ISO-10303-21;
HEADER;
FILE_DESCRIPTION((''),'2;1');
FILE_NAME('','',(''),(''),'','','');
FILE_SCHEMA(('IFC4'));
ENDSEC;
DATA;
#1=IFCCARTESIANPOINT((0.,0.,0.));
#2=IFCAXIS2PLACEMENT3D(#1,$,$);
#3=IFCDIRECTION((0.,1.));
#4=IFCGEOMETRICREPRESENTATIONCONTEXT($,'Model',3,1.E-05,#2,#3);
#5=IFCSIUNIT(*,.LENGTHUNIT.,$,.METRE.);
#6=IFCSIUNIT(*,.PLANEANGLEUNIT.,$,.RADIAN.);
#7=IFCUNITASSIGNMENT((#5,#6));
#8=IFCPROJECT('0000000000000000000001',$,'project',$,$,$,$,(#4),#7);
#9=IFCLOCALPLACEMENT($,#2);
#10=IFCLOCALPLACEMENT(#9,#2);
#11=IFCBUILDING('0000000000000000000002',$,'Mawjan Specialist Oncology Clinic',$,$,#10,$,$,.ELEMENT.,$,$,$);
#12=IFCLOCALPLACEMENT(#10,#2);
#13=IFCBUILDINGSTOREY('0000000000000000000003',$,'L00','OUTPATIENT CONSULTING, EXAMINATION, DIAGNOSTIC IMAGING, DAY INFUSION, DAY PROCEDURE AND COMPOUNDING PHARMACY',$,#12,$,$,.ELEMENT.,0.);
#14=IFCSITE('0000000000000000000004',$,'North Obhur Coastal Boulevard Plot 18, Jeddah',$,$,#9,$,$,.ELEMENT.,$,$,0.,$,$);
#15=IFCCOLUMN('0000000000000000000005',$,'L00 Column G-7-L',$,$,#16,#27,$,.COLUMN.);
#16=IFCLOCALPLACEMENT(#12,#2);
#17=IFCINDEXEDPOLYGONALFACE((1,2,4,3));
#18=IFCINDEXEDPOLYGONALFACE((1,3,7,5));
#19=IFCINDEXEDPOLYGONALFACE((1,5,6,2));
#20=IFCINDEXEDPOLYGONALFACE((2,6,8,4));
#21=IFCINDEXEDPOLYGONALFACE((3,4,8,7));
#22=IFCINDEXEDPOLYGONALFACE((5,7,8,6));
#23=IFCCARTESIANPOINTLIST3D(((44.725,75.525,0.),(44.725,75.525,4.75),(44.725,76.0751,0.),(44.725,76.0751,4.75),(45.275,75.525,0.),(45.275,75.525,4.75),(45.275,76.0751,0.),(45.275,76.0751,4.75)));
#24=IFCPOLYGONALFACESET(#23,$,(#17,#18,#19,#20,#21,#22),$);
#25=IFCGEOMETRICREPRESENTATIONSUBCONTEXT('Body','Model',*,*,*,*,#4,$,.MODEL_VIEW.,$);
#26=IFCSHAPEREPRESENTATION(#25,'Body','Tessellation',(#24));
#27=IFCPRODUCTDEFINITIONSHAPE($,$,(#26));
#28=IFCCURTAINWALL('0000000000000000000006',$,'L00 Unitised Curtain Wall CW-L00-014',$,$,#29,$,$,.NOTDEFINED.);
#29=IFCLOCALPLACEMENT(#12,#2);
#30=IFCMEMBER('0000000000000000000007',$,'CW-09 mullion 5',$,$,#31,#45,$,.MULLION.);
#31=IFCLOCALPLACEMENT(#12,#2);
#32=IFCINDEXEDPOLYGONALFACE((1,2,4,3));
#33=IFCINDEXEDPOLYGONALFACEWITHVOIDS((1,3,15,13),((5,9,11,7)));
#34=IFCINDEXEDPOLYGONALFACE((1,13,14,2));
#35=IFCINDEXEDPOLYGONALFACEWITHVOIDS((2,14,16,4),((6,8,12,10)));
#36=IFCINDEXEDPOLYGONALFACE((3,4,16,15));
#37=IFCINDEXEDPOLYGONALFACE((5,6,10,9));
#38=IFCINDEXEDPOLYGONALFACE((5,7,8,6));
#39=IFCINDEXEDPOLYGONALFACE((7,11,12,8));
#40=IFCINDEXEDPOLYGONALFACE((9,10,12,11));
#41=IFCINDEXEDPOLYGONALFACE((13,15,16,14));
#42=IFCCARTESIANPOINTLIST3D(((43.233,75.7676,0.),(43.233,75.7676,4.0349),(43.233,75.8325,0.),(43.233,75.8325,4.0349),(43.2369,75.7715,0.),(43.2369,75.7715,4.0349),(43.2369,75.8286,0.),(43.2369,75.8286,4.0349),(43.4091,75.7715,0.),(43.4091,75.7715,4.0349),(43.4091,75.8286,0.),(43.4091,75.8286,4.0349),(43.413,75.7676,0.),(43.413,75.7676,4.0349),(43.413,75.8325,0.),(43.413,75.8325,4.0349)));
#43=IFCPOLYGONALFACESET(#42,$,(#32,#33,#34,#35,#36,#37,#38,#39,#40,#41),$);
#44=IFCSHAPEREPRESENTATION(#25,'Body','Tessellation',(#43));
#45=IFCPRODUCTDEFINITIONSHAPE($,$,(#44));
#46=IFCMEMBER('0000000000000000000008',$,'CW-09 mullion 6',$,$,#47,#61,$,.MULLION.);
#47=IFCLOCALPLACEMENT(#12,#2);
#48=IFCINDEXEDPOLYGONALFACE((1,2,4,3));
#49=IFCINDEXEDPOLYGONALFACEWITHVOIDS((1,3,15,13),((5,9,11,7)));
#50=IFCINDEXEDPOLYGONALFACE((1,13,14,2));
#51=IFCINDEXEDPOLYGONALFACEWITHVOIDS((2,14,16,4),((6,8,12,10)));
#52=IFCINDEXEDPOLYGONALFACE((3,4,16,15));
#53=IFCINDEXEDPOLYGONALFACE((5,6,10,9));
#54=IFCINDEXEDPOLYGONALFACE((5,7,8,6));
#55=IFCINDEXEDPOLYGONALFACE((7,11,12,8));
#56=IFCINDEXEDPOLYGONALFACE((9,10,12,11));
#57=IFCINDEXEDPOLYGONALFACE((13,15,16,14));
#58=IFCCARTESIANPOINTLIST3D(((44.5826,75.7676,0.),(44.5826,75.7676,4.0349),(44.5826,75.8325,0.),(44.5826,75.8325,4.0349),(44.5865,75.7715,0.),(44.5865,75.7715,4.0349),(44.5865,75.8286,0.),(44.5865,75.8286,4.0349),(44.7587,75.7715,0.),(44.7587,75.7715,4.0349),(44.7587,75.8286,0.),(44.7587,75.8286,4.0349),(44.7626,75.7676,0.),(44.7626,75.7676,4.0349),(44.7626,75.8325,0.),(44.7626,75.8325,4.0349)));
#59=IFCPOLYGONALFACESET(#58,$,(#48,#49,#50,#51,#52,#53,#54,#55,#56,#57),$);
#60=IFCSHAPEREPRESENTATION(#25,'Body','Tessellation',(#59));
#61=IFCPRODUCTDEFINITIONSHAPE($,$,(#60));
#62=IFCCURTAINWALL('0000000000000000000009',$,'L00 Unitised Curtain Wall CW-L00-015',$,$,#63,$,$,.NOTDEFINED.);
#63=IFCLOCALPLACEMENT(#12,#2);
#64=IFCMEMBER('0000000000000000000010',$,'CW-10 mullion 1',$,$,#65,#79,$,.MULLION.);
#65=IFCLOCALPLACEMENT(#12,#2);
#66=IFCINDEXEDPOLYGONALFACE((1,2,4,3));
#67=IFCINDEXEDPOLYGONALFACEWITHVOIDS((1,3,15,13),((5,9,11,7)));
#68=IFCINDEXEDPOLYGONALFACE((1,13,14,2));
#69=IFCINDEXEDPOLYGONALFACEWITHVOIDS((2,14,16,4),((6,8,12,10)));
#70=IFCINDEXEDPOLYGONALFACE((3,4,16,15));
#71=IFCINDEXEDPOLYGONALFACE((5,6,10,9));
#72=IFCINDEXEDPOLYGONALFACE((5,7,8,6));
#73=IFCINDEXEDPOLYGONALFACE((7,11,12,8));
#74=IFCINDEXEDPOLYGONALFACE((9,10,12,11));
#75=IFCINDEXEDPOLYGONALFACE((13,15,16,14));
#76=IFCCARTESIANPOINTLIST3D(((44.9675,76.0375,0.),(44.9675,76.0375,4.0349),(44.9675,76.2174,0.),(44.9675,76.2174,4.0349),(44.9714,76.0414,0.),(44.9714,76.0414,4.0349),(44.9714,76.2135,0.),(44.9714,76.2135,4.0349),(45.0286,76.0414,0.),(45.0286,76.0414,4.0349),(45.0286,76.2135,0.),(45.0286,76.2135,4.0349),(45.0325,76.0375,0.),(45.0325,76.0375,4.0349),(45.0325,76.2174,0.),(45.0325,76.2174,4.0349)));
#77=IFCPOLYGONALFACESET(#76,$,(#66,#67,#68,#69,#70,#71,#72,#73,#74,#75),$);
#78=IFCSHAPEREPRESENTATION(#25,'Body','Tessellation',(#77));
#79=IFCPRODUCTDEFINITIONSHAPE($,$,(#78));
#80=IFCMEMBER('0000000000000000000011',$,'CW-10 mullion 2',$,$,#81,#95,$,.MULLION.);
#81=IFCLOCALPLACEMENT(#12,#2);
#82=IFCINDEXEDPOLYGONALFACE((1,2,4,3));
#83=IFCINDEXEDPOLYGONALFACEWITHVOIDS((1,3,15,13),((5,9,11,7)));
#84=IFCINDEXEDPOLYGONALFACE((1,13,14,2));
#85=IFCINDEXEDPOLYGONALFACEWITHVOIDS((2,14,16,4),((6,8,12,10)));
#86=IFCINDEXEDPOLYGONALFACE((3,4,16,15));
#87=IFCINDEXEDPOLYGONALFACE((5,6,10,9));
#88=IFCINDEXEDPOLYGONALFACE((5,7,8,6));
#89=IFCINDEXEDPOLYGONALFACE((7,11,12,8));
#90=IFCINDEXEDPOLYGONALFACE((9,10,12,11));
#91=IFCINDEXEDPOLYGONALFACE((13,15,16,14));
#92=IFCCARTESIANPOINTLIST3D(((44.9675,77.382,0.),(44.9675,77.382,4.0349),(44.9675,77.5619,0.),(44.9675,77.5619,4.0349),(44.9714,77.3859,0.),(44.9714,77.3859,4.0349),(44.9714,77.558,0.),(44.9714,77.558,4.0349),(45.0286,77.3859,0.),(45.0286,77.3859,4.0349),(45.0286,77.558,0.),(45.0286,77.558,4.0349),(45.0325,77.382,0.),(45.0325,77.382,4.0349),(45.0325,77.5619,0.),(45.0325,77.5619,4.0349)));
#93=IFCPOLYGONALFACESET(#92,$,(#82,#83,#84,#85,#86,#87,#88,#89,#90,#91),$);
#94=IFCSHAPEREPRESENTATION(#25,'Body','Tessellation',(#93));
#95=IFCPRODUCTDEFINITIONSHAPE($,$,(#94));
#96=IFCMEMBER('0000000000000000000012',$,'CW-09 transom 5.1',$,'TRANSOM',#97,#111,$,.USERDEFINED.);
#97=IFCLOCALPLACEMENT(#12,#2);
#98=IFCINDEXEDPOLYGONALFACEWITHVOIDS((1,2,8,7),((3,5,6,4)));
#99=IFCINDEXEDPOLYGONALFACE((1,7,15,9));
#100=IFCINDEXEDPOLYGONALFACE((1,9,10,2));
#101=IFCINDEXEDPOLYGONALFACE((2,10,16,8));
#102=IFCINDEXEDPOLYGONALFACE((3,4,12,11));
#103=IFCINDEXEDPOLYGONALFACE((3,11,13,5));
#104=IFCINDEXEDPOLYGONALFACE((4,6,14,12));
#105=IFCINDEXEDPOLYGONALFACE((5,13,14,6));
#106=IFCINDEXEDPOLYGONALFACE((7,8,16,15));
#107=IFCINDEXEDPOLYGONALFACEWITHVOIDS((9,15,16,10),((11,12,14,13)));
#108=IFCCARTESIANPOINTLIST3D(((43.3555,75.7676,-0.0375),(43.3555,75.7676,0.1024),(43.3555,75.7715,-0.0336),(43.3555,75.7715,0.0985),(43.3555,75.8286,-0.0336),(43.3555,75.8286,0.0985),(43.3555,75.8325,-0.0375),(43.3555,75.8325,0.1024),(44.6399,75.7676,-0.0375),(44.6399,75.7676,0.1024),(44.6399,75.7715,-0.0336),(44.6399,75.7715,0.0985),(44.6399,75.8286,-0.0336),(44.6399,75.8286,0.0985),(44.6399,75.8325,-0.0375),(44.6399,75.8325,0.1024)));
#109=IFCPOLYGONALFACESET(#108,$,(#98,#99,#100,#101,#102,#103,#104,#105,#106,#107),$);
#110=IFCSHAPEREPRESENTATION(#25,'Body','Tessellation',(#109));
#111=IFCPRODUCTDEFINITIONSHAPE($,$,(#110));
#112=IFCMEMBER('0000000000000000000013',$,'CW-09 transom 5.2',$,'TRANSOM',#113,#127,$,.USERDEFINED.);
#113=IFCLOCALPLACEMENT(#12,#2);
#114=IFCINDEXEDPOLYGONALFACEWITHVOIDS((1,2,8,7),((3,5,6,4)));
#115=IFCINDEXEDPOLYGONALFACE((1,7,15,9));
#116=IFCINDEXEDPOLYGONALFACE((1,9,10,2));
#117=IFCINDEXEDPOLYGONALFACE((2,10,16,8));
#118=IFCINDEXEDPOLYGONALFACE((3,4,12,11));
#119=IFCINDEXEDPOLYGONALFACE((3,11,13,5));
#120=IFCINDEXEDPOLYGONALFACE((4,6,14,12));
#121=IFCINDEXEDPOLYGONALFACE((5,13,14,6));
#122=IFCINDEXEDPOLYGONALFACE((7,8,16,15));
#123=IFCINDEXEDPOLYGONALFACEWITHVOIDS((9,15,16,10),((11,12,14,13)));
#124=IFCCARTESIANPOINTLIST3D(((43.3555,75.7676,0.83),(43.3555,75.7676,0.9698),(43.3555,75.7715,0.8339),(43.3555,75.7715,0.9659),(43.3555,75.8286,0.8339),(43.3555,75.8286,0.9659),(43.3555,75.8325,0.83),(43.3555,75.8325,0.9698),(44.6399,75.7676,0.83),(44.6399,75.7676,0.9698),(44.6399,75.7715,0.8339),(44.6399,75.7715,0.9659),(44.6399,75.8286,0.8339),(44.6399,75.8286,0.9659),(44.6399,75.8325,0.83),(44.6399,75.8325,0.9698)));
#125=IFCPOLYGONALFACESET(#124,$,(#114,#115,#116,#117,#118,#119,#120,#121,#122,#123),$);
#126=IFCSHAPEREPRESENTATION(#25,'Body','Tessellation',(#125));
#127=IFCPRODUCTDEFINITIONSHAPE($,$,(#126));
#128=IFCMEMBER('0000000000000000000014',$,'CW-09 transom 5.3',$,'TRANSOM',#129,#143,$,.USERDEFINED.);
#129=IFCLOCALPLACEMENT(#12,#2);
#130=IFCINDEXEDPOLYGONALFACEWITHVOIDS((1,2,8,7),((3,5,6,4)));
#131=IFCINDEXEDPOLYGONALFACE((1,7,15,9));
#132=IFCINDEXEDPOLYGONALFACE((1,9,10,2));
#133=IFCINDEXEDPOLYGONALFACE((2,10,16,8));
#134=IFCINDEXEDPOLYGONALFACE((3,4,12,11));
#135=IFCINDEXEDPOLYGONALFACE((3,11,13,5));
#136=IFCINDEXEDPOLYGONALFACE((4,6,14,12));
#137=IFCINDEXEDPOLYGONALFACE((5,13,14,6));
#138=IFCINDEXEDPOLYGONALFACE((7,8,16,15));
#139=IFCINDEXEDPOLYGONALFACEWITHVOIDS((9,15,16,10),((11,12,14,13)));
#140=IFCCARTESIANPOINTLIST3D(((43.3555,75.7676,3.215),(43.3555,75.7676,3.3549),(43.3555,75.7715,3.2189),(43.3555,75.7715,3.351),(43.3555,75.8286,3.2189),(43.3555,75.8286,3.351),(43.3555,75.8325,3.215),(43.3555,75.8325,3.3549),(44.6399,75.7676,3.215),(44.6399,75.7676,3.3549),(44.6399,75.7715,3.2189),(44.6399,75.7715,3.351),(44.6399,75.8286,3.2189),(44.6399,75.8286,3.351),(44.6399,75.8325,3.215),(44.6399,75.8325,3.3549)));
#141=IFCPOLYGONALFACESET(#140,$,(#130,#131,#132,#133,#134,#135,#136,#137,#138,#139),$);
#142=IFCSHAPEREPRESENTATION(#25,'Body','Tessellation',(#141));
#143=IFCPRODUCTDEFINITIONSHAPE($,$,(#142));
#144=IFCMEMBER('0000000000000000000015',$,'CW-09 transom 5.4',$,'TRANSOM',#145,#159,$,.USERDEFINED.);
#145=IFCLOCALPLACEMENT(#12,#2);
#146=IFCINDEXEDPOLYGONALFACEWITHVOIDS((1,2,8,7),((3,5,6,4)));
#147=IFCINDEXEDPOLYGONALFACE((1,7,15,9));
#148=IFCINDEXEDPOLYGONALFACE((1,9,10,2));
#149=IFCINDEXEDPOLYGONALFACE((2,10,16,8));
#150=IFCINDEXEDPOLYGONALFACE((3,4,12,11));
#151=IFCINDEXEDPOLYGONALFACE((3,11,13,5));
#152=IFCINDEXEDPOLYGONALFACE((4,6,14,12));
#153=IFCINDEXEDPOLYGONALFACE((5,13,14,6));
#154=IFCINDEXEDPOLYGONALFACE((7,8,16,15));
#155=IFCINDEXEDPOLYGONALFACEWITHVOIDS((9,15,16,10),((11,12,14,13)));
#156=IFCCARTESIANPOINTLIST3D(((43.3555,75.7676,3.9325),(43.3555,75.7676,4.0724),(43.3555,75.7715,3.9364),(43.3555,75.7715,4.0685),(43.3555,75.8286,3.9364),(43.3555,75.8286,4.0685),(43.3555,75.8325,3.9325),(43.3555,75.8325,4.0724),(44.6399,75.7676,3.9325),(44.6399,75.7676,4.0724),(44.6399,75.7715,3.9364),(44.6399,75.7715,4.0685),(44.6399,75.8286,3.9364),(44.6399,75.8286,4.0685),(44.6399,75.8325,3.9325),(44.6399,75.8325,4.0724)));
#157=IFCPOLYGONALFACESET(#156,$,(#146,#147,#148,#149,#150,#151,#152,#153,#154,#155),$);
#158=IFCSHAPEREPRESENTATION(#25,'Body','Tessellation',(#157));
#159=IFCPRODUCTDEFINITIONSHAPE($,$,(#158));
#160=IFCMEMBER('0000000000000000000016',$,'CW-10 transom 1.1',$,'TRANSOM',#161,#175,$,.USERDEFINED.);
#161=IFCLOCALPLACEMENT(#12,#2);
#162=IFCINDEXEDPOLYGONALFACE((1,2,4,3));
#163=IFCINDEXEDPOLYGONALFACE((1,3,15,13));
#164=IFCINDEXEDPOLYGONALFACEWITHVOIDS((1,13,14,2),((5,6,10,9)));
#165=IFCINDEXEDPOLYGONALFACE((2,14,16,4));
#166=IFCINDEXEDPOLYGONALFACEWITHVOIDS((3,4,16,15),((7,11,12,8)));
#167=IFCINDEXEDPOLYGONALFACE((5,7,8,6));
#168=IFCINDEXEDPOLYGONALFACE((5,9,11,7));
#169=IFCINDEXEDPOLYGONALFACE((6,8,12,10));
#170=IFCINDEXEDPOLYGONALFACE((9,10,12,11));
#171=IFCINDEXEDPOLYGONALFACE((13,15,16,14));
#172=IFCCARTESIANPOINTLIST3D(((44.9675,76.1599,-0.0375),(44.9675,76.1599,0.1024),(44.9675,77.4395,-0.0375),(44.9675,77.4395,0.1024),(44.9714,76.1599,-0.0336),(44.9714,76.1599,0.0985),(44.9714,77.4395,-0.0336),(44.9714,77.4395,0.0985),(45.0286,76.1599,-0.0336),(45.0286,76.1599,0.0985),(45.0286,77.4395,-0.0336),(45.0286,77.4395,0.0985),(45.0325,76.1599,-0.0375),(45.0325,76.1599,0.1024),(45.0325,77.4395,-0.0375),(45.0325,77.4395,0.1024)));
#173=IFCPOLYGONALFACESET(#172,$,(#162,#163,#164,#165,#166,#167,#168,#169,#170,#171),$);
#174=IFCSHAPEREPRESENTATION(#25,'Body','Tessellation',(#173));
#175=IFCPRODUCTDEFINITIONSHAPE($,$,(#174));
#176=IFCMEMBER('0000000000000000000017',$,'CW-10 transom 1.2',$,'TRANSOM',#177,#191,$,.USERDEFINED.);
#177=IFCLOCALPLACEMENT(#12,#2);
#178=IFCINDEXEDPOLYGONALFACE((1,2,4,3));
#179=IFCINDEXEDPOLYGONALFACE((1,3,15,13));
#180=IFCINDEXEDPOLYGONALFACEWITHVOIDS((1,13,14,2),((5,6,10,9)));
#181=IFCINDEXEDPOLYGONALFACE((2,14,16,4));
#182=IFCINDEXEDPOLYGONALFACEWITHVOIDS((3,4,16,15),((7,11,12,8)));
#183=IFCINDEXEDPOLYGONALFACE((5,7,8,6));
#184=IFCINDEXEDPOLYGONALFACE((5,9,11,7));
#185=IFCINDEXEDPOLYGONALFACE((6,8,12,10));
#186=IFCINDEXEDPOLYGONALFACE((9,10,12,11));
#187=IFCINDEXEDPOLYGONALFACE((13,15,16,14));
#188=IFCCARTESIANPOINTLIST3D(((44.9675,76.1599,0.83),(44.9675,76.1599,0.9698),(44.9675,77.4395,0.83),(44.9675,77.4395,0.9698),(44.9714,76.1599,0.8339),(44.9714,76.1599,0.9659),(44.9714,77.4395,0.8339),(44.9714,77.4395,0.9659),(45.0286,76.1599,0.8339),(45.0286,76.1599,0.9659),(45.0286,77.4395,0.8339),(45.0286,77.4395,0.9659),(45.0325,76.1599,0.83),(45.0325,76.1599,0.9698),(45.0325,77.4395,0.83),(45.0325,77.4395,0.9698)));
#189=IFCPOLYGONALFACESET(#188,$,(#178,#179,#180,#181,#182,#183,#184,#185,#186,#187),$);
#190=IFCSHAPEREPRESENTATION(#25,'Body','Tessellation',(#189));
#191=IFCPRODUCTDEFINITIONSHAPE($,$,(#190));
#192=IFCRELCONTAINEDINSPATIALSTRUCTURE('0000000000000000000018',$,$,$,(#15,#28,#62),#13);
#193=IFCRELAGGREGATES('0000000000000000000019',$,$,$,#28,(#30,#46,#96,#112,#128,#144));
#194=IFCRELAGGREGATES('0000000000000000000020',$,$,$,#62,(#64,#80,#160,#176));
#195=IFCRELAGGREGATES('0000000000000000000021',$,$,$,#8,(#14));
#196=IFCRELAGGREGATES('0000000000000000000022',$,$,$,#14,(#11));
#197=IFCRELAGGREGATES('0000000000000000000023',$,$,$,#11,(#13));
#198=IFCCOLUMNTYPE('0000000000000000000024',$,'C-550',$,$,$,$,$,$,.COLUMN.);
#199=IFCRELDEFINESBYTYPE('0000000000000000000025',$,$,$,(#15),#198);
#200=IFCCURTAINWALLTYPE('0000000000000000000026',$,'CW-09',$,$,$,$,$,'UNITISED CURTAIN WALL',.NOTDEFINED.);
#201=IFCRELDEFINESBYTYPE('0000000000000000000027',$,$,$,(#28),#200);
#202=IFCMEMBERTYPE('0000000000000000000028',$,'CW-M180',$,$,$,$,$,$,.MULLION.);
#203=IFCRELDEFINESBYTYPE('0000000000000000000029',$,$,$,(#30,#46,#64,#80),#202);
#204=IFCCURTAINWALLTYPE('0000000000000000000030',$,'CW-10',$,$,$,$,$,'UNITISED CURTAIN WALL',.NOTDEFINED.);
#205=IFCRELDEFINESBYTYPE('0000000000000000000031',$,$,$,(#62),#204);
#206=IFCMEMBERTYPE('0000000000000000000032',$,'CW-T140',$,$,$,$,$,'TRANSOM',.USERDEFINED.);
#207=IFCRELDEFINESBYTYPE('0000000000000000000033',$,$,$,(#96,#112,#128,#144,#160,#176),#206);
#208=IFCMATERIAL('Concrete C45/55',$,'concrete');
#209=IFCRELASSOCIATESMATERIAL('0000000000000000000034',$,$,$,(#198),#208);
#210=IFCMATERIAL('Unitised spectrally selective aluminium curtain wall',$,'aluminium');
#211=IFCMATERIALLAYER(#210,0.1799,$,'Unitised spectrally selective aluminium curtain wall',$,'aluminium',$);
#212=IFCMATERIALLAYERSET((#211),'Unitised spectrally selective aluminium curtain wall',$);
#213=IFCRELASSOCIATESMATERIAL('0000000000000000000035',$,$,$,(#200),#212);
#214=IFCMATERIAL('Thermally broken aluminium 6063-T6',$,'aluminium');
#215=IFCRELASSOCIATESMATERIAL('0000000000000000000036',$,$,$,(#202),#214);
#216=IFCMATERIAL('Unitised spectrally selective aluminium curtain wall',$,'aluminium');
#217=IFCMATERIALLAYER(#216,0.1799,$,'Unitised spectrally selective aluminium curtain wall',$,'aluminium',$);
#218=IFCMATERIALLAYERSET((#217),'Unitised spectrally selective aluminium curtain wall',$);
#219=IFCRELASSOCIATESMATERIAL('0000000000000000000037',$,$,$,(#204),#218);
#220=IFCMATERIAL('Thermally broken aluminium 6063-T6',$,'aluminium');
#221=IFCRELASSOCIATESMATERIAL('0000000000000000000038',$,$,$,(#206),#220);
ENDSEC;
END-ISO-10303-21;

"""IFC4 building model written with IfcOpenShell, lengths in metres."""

from ifc_helpers import new_model, si_unit, direction, frame, origin, origin_2d, place, context, subcontext, project, spatial, rectangle, hollow_rectangle, extrude, material, layer, layer_set, material_profile, profile_set, type_object, element, aggregate, save


model = new_model("IFC4")

# Units and contexts
model_context = context("Model", 3, precision=1e-05, world=origin(), true_north=direction((0.0, 1.0)))
body_context = subcontext(model_context, "Body", "Model", "MODEL_VIEW")
ifc_project = project(units=[si_unit("LENGTHUNIT", "METRE"), si_unit("PLANEANGLEUNIT", "RADIAN")], contexts=[model_context])

# Site, building, storey
site_placement = place(None, origin())
site = spatial("IfcSite", under=ifc_project, at=site_placement, Name="North Obhur Coastal Boulevard Plot 18, Jeddah", CompositionType="ELEMENT", RefElevation=0.0)
building_placement = place(site_placement, origin())
building = spatial("IfcBuilding", under=site, at=building_placement, Name="Mawjan Specialist Oncology Clinic", CompositionType="ELEMENT")
storey_placement = place(building_placement, origin())
storey = spatial("IfcBuildingStorey", under=building, at=storey_placement, Name="L00", Description="OUTPATIENT CONSULTING, EXAMINATION, DIAGNOSTIC IMAGING, DAY INFUSION, DAY PROCEDURE AND COMPOUNDING PHARMACY", CompositionType="ELEMENT", Elevation=0.0)

# Column
ifc_material_1 = material(Name="Concrete C45/55", Category="concrete")
ifc_material_profile_1 = material_profile(ifc_material_1, rectangle(XDim=0.55, YDim=0.55, at=origin_2d()), Name="RC COL 550x550", Category="concrete")
ifc_profile_set_1 = profile_set([ifc_material_profile_1], Name="Concrete C45/55")
column_type = type_object("IfcColumnType", Name="C-550", PredefinedType="COLUMN", material=ifc_profile_set_1)
column_placement = place(storey_placement, frame((45.0, 75.8, 0.0), z_axis=(0.0, 0.0, 1.0), x_axis=(1.0, 0.0, 0.0)))
element("IfcColumn", 1, at=column_placement, inside=storey, type_object=column_type, Name="L00 Column G-7-L", PredefinedType="COLUMN", context=body_context, shape_type="SweptSolid", body=[
    extrude(rectangle(XDim=0.55, YDim=0.55, at=origin_2d()), origin(), (0.0, 0.0, 1.0), 4.75),
])

# Curtain walls, members
ifc_material_2 = material(Name="Unitised spectrally selective aluminium curtain wall", Category="aluminium")
ifc_layer_1 = layer(ifc_material_2, 0.1799, Name="Unitised spectrally selective aluminium curtain wall", Category="aluminium")
ifc_layer_set_1 = layer_set([ifc_layer_1], Name="Unitised spectrally selective aluminium curtain wall")
curtain_wall_type_1 = type_object("IfcCurtainWallType", Name="CW-09", ElementType="UNITISED CURTAIN WALL", PredefinedType="NOTDEFINED", material=ifc_layer_set_1)
curtain_wall_1_placement = place(storey_placement, origin())
curtain_wall_1 = element("IfcCurtainWall", 2, at=curtain_wall_1_placement, inside=storey, type_object=curtain_wall_type_1, Name="L00 Unitised Curtain Wall CW-L00-014", PredefinedType="NOTDEFINED")
ifc_material_3 = material(Name="Thermally broken aluminium 6063-T6", Category="aluminium")
ifc_material_profile_2 = material_profile(ifc_material_3, hollow_rectangle(XDim=0.0649, YDim=0.1799, WallThickness=0.0039, at=origin_2d()), Name="ALU MULLION 180x65x4", Category="aluminium")
ifc_profile_set_2 = profile_set([ifc_material_profile_2], Name="Thermally broken aluminium 6063-T6")
member_type_1 = type_object("IfcMemberType", Name="CW-M180", PredefinedType="MULLION", material=ifc_profile_set_2)
member_1_placement = place(storey_placement, frame((43.323, 75.8, 0.0), z_axis=(0.0, 0.0, 1.0), x_axis=(0.0, 1.0, 0.0)))
member_1 = element("IfcMember", 3, at=member_1_placement, type_object=member_type_1, Name="CW-09 mullion 5", PredefinedType="MULLION", context=body_context, shape_type="SweptSolid", body=[
    extrude(hollow_rectangle(XDim=0.0649, YDim=0.1799, WallThickness=0.0039, at=origin_2d()), origin(), (0.0, 0.0, 1.0), 4.0349),
])
member_2_placement = place(storey_placement, frame((44.6726, 75.8, 0.0), z_axis=(0.0, 0.0, 1.0), x_axis=(0.0, 1.0, 0.0)))
member_2 = element("IfcMember", 4, at=member_2_placement, type_object=member_type_1, Name="CW-09 mullion 6", PredefinedType="MULLION", context=body_context, shape_type="SweptSolid", body=[
    extrude(hollow_rectangle(XDim=0.0649, YDim=0.1799, WallThickness=0.0039, at=origin_2d()), origin(), (0.0, 0.0, 1.0), 4.0349),
])
ifc_material_4 = material(Name="Unitised spectrally selective aluminium curtain wall", Category="aluminium")
ifc_layer_2 = layer(ifc_material_4, 0.1799, Name="Unitised spectrally selective aluminium curtain wall", Category="aluminium")
ifc_layer_set_2 = layer_set([ifc_layer_2], Name="Unitised spectrally selective aluminium curtain wall")
curtain_wall_type_2 = type_object("IfcCurtainWallType", Name="CW-10", ElementType="UNITISED CURTAIN WALL", PredefinedType="NOTDEFINED", material=ifc_layer_set_2)
curtain_wall_2_placement = place(storey_placement, origin())
curtain_wall_2 = element("IfcCurtainWall", 5, at=curtain_wall_2_placement, inside=storey, type_object=curtain_wall_type_2, Name="L00 Unitised Curtain Wall CW-L00-015", PredefinedType="NOTDEFINED")
member_3_placement = place(storey_placement, frame((45.0, 76.1274, 0.0), z_axis=(0.0, 0.0, 1.0), x_axis=(-1.0, 0.0, 0.0)))
member_3 = element("IfcMember", 6, at=member_3_placement, type_object=member_type_1, Name="CW-10 mullion 1", PredefinedType="MULLION", context=body_context, shape_type="SweptSolid", body=[
    extrude(hollow_rectangle(XDim=0.0649, YDim=0.1799, WallThickness=0.0039, at=origin_2d()), origin(), (0.0, 0.0, 1.0), 4.0349),
])
member_4_placement = place(storey_placement, frame((45.0, 77.4719, 0.0), z_axis=(0.0, 0.0, 1.0), x_axis=(-1.0, 0.0, 0.0)))
member_4 = element("IfcMember", 7, at=member_4_placement, type_object=member_type_1, Name="CW-10 mullion 2", PredefinedType="MULLION", context=body_context, shape_type="SweptSolid", body=[
    extrude(hollow_rectangle(XDim=0.0649, YDim=0.1799, WallThickness=0.0039, at=origin_2d()), origin(), (0.0, 0.0, 1.0), 4.0349),
])

# Members
ifc_material_5 = material(Name="Thermally broken aluminium 6063-T6", Category="aluminium")
ifc_material_profile_3 = material_profile(ifc_material_5, hollow_rectangle(XDim=0.0649, YDim=0.1399, WallThickness=0.0039, at=origin_2d()), Name="ALU TRANSOM 140x65x4", Category="aluminium")
ifc_profile_set_3 = profile_set([ifc_material_profile_3], Name="Thermally broken aluminium 6063-T6")
member_type_2 = type_object("IfcMemberType", Name="CW-T140", ElementType="TRANSOM", PredefinedType="USERDEFINED", material=ifc_profile_set_3)
member_5_placement = place(storey_placement, frame((43.3555, 75.8, 0.0325), z_axis=(1.0, 0.0, 0.0), x_axis=(0.0, 1.0, 0.0)))
member_5 = element("IfcMember", 8, at=member_5_placement, type_object=member_type_2, Name="CW-09 transom 5.1", ObjectType="TRANSOM", PredefinedType="USERDEFINED", context=body_context, shape_type="SweptSolid", body=[
    extrude(hollow_rectangle(XDim=0.0649, YDim=0.1399, WallThickness=0.0039, at=origin_2d()), origin(), (0.0, 0.0, 1.0), 1.2844),
])
member_6_placement = place(storey_placement, frame((43.3555, 75.8, 0.8999), z_axis=(1.0, 0.0, 0.0), x_axis=(0.0, 1.0, 0.0)))
member_6 = element("IfcMember", 9, at=member_6_placement, type_object=member_type_2, Name="CW-09 transom 5.2", ObjectType="TRANSOM", PredefinedType="USERDEFINED", context=body_context, shape_type="SweptSolid", body=[
    extrude(hollow_rectangle(XDim=0.0649, YDim=0.1399, WallThickness=0.0039, at=origin_2d()), origin(), (0.0, 0.0, 1.0), 1.2844),
])
member_7_placement = place(storey_placement, frame((43.3555, 75.8, 3.2849), z_axis=(1.0, 0.0, 0.0), x_axis=(0.0, 1.0, 0.0)))
member_7 = element("IfcMember", 10, at=member_7_placement, type_object=member_type_2, Name="CW-09 transom 5.3", ObjectType="TRANSOM", PredefinedType="USERDEFINED", context=body_context, shape_type="SweptSolid", body=[
    extrude(hollow_rectangle(XDim=0.0649, YDim=0.1399, WallThickness=0.0039, at=origin_2d()), origin(), (0.0, 0.0, 1.0), 1.2844),
])
member_8_placement = place(storey_placement, frame((43.3555, 75.8, 4.0024), z_axis=(1.0, 0.0, 0.0), x_axis=(0.0, 1.0, 0.0)))
member_8 = element("IfcMember", 11, at=member_8_placement, type_object=member_type_2, Name="CW-09 transom 5.4", ObjectType="TRANSOM", PredefinedType="USERDEFINED", context=body_context, shape_type="SweptSolid", body=[
    extrude(hollow_rectangle(XDim=0.0649, YDim=0.1399, WallThickness=0.0039, at=origin_2d()), origin(), (0.0, 0.0, 1.0), 1.2844),
])
member_9_placement = place(storey_placement, frame((45.0, 76.1599, 0.0325), z_axis=(0.0, 1.0, 0.0), x_axis=(-1.0, 0.0, 0.0)))
member_9 = element("IfcMember", 12, at=member_9_placement, type_object=member_type_2, Name="CW-10 transom 1.1", ObjectType="TRANSOM", PredefinedType="USERDEFINED", context=body_context, shape_type="SweptSolid", body=[
    extrude(hollow_rectangle(XDim=0.0649, YDim=0.1399, WallThickness=0.0039, at=origin_2d()), origin(), (0.0, 0.0, 1.0), 1.2795),
])
member_10_placement = place(storey_placement, frame((45.0, 76.1599, 0.8999), z_axis=(0.0, 1.0, 0.0), x_axis=(-1.0, 0.0, 0.0)))
member_10 = element("IfcMember", 13, at=member_10_placement, type_object=member_type_2, Name="CW-10 transom 1.2", ObjectType="TRANSOM", PredefinedType="USERDEFINED", context=body_context, shape_type="SweptSolid", body=[
    extrude(hollow_rectangle(XDim=0.0649, YDim=0.1399, WallThickness=0.0039, at=origin_2d()), origin(), (0.0, 0.0, 1.0), 1.2795),
])

aggregate(curtain_wall_1, [member_1, member_2, member_5, member_6, member_7, member_8])
aggregate(curtain_wall_2, [member_3, member_4, member_9, member_10])

save(model, "model.ifc")
